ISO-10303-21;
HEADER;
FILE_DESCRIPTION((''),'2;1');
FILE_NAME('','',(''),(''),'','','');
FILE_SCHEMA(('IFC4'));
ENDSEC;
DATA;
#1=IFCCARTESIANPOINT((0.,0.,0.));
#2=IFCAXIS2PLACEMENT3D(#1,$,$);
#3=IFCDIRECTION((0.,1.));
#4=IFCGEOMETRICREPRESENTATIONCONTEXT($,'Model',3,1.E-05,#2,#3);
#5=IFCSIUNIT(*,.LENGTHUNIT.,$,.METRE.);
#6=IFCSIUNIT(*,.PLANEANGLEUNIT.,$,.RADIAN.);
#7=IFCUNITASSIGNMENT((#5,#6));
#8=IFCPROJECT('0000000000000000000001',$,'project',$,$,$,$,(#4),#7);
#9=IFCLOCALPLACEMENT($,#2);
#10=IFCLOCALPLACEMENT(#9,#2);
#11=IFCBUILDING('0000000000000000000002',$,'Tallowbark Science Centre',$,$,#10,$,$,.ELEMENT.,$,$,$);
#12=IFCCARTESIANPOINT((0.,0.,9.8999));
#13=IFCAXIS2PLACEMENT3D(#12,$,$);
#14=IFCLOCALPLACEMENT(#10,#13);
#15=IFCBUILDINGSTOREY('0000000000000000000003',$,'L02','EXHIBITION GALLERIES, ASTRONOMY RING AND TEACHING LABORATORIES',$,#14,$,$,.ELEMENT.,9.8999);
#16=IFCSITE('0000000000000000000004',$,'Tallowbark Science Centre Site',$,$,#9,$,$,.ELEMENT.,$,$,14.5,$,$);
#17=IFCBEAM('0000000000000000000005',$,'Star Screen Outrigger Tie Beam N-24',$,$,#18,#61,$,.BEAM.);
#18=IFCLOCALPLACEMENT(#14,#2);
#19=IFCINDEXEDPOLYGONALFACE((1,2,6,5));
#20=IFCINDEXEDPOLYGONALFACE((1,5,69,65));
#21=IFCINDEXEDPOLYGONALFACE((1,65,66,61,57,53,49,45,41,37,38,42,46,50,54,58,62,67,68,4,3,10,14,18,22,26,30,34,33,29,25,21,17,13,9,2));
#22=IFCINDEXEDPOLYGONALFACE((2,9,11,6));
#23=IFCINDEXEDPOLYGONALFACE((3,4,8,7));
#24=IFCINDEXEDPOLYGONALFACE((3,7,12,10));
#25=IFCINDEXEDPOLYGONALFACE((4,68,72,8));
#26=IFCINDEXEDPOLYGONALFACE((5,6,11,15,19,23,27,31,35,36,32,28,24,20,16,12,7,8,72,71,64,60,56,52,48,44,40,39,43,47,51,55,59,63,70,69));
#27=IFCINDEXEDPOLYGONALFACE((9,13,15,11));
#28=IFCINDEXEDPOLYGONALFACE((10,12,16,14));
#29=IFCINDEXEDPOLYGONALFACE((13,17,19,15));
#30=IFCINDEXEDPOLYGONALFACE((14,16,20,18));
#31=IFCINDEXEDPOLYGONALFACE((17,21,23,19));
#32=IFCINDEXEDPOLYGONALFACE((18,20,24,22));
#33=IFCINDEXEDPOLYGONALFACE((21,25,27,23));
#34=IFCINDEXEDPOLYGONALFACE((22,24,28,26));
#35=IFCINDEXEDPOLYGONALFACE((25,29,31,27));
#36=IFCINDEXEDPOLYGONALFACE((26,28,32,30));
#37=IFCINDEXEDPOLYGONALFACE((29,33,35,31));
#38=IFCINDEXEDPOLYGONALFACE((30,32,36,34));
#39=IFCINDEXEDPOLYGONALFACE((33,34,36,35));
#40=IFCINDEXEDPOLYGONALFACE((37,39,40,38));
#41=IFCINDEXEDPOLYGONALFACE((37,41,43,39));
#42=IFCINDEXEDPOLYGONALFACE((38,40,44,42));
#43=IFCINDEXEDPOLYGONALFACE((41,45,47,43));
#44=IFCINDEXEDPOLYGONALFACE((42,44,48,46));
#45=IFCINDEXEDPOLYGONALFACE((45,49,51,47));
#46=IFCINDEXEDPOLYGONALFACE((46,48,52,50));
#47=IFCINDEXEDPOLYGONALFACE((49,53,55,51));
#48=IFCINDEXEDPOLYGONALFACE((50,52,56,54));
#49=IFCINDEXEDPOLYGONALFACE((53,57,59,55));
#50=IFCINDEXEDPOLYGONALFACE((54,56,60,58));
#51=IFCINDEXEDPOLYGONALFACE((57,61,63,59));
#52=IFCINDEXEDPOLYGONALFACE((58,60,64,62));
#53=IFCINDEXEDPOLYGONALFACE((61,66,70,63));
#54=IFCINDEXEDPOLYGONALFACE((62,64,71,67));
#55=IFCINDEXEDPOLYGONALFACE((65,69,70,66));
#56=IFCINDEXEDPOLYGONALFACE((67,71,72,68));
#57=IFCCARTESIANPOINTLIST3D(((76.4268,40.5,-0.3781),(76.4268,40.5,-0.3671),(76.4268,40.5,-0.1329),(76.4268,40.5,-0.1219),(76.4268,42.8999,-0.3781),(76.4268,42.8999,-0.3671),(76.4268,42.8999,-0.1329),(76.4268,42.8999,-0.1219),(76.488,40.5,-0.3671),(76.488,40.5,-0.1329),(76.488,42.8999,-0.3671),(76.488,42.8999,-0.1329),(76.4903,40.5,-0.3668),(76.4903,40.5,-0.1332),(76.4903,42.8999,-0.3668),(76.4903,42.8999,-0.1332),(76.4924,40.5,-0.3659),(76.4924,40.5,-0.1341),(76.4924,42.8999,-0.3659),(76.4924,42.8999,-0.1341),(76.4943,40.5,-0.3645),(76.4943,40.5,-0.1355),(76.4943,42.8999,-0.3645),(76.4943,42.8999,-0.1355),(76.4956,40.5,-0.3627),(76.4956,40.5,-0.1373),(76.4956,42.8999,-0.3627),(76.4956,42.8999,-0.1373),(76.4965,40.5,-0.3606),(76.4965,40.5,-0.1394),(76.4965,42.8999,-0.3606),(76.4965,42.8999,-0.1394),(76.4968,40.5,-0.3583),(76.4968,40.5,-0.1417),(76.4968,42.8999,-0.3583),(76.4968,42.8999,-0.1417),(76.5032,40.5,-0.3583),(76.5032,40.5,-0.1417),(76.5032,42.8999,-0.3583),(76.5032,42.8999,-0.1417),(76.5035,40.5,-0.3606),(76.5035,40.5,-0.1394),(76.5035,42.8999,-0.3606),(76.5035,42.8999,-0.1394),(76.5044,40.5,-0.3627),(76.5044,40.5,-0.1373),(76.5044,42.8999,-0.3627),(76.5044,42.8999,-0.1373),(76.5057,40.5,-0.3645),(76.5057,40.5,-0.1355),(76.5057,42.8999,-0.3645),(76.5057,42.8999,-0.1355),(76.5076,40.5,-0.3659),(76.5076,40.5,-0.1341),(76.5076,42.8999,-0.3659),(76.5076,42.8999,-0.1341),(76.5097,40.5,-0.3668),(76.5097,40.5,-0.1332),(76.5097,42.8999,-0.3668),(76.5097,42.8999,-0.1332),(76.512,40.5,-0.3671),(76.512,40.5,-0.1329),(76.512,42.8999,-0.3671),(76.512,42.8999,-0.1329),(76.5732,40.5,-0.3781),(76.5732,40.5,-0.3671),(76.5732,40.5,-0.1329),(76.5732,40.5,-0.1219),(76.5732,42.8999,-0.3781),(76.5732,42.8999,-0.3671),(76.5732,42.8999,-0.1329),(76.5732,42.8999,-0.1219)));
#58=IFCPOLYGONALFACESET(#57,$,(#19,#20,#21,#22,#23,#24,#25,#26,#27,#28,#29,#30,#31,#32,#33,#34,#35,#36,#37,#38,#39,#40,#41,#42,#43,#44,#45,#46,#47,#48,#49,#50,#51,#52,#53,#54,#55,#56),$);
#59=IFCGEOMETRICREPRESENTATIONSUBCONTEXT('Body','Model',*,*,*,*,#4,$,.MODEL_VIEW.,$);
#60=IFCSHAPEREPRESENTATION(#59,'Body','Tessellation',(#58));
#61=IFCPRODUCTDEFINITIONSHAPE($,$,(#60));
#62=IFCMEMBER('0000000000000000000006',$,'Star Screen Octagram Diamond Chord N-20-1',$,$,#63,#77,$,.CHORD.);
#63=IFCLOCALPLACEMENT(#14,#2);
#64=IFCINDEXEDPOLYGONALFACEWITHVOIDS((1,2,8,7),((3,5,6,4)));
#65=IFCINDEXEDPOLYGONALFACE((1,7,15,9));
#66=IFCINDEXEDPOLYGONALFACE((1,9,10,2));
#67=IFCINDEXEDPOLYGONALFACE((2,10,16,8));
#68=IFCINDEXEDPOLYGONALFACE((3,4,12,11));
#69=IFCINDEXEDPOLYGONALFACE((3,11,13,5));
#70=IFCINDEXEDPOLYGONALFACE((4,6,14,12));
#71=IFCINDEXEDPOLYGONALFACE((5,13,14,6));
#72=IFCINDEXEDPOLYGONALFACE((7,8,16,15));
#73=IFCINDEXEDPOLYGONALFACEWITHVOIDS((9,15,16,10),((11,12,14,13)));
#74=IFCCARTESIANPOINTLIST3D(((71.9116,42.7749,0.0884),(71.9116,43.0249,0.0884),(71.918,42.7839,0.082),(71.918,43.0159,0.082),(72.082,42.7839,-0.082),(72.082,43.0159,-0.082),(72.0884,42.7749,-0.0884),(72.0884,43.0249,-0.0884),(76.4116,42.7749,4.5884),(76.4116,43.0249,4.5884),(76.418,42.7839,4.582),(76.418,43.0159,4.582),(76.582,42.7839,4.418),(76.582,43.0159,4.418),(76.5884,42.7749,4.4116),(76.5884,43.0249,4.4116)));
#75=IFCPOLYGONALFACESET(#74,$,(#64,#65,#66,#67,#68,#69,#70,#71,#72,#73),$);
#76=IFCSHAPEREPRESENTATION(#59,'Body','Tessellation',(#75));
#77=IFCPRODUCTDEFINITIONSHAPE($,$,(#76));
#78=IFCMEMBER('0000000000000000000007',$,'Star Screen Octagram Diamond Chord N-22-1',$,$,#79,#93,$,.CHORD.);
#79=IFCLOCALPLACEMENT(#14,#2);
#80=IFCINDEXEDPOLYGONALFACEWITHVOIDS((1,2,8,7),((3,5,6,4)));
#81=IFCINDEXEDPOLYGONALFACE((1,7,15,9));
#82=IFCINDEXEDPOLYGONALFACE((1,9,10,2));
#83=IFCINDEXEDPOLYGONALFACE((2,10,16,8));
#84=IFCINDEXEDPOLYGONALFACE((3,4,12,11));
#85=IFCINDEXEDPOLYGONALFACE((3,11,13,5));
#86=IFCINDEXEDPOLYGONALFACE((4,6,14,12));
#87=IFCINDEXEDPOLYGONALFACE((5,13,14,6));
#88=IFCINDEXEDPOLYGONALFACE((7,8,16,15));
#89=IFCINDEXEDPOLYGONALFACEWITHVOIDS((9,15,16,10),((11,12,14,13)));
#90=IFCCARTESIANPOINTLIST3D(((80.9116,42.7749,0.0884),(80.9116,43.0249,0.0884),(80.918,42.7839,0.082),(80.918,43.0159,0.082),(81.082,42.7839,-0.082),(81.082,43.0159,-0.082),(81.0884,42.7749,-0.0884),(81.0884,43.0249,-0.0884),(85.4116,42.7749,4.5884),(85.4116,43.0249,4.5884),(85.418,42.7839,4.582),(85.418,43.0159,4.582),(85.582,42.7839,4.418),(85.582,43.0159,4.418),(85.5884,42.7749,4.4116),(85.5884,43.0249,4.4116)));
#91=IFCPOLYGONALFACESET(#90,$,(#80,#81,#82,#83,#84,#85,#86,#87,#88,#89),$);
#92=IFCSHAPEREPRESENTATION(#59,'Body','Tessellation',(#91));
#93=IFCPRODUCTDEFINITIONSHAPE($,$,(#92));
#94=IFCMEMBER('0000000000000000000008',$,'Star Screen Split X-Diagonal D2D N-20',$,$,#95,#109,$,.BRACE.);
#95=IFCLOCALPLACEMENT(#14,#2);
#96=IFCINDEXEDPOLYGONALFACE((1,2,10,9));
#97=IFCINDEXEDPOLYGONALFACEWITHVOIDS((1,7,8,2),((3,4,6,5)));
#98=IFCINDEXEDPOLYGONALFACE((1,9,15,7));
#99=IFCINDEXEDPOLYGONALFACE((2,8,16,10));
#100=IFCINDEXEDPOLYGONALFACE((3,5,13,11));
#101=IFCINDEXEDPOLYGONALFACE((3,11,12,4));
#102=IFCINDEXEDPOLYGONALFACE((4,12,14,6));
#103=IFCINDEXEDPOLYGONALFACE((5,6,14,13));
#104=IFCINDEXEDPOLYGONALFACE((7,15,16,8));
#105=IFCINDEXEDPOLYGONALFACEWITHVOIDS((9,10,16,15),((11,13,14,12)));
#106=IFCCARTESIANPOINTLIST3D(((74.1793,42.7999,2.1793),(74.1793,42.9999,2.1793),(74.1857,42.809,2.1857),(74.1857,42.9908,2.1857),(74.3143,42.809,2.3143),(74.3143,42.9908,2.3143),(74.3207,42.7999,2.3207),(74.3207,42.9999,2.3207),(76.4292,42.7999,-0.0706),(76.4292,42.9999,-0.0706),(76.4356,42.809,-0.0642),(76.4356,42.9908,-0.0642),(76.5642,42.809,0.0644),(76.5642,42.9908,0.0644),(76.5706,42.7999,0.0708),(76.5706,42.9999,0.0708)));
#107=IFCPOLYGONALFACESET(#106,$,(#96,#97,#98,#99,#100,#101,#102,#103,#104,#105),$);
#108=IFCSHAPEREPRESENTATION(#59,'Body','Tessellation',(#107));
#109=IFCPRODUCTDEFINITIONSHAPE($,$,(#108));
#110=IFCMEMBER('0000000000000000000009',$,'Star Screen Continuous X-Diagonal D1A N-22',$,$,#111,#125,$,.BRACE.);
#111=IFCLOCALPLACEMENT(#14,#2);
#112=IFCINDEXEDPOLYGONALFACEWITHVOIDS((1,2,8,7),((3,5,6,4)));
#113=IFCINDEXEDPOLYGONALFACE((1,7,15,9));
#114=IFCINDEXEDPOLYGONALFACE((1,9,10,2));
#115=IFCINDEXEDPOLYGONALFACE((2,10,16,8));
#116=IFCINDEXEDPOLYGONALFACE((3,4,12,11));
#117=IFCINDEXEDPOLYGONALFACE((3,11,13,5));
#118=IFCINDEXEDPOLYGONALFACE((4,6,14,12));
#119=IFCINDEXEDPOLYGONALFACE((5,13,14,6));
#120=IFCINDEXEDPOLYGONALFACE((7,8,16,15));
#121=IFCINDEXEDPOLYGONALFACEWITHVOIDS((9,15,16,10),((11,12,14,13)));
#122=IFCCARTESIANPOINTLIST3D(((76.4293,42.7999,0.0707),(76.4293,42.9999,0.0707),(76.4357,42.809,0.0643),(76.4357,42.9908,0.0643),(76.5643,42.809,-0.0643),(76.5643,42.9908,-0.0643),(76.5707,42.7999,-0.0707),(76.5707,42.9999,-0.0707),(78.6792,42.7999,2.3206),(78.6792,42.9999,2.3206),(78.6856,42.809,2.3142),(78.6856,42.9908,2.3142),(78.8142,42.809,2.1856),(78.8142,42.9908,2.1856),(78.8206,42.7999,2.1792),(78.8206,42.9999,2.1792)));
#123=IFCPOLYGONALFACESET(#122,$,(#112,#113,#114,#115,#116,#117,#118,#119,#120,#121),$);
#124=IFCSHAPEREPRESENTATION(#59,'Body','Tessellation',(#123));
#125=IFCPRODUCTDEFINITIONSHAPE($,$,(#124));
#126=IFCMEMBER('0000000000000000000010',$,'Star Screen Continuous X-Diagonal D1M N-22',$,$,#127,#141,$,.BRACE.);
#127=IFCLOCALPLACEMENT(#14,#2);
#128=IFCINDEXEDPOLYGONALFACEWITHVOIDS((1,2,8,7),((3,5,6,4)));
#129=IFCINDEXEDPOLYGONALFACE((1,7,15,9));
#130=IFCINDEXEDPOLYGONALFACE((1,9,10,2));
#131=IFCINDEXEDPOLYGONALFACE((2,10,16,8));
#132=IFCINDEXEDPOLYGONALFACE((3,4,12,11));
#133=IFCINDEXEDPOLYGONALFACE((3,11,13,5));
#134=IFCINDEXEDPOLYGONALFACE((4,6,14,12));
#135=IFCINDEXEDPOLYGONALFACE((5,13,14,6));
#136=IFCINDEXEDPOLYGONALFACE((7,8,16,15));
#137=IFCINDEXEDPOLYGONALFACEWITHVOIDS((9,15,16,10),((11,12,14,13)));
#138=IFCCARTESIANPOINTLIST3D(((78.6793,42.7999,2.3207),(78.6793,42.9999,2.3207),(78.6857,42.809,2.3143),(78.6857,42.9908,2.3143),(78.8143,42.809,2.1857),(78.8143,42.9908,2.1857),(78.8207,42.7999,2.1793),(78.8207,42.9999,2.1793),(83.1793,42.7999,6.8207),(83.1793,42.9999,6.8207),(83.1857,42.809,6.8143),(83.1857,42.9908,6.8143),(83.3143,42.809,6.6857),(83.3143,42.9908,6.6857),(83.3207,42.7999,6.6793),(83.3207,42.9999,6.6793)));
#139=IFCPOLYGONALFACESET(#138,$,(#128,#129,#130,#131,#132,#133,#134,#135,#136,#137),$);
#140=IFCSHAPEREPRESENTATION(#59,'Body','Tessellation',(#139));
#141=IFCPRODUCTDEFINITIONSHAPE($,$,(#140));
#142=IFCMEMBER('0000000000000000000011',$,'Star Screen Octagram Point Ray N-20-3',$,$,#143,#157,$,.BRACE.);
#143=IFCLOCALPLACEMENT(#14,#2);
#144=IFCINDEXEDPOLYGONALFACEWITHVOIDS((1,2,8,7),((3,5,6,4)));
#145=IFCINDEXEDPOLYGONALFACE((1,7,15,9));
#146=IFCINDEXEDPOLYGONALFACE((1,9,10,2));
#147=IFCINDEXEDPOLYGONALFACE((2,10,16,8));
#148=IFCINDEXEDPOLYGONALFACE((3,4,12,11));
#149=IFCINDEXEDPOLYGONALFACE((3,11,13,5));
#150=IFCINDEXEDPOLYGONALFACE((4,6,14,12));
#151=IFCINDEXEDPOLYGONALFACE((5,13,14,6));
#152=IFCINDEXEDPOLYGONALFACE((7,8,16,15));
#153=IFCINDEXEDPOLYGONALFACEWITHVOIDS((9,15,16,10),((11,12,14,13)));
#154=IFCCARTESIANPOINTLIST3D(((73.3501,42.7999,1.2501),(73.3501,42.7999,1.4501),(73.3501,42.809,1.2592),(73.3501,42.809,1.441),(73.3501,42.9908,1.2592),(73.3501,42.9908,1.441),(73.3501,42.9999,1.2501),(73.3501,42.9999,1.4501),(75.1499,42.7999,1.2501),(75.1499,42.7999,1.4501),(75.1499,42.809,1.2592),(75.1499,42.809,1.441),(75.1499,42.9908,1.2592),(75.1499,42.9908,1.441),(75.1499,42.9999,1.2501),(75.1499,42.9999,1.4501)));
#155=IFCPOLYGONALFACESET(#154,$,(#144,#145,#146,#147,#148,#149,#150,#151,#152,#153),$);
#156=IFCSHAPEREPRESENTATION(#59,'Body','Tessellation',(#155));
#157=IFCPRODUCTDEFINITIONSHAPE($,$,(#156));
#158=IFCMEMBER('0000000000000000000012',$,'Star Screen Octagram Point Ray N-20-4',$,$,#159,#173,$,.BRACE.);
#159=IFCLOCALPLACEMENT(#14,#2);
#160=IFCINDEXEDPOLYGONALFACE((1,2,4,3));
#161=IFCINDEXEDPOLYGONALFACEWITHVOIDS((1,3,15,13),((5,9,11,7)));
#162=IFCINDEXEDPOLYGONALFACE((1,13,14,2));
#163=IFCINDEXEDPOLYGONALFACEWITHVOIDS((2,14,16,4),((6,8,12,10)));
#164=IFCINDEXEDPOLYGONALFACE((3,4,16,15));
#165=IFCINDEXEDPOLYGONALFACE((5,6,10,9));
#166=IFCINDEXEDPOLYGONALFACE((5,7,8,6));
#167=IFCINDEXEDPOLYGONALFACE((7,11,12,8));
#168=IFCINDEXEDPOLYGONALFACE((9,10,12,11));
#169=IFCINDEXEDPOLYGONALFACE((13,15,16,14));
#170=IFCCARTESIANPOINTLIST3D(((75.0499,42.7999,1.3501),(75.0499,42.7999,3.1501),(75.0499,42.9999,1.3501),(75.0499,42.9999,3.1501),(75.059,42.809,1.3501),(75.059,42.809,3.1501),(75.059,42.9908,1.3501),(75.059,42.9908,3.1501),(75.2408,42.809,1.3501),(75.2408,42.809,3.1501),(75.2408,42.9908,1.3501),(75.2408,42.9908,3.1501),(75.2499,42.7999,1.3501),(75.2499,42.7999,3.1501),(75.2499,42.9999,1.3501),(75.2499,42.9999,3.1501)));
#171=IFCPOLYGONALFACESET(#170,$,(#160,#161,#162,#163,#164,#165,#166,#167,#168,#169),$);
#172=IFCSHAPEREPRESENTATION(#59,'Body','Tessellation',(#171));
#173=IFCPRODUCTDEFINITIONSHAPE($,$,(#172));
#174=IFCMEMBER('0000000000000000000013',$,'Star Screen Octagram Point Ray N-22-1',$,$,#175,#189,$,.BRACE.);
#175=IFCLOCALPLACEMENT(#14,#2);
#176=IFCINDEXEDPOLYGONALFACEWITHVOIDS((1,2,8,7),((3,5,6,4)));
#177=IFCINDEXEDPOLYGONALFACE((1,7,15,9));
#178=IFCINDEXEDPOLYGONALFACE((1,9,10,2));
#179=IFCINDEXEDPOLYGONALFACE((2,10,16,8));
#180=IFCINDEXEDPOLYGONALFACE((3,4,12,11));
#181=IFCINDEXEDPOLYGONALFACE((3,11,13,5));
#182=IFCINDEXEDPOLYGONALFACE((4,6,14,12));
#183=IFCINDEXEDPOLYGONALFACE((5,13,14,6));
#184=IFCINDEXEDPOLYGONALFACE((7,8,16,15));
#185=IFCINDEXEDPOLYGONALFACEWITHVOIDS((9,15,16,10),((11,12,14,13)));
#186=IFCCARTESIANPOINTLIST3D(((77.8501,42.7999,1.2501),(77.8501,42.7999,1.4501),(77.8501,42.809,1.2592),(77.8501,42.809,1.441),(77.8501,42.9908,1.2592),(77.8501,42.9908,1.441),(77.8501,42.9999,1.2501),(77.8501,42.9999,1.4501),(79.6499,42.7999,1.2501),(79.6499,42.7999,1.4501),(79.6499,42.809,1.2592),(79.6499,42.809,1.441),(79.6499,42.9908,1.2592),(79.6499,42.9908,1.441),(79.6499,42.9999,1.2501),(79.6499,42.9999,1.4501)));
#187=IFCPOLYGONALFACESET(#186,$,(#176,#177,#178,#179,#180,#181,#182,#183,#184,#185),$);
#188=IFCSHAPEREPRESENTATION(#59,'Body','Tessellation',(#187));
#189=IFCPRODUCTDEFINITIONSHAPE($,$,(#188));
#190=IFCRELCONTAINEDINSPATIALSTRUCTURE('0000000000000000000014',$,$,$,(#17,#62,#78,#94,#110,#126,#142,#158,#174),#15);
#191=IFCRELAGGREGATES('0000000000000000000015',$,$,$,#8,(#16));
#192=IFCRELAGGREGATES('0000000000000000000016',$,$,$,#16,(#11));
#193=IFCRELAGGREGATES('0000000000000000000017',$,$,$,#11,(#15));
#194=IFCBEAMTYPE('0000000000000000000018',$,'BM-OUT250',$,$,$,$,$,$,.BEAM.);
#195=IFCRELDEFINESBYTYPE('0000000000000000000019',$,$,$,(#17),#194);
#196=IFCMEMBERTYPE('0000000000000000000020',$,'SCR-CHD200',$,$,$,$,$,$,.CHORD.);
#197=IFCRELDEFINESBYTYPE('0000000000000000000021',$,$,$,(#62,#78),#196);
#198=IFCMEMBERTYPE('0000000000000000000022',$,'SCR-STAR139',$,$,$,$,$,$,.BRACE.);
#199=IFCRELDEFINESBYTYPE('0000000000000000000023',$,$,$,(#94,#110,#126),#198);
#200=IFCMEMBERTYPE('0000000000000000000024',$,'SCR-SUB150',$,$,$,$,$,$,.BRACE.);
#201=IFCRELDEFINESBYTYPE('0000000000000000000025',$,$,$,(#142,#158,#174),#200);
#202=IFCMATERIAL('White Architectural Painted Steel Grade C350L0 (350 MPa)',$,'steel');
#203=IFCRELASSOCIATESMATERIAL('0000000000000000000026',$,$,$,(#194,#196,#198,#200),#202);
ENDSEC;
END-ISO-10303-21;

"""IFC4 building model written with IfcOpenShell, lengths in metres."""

from ifc_helpers import new_model, si_unit, direction, frame, origin, origin_2d, place, context, subcontext, project, spatial, hollow_rectangle, i_section, extrude, material, material_profile, profile_set, type_object, element, save


model = new_model("IFC4")

# Units and contexts
model_context = context("Model", 3, precision=1e-05, world=origin(), true_north=direction((0.0, 1.0)))
body_context = subcontext(model_context, "Body", "Model", "MODEL_VIEW")
ifc_project = project(units=[si_unit("LENGTHUNIT", "METRE"), si_unit("PLANEANGLEUNIT", "RADIAN")], contexts=[model_context])

# Site, building, storey
site_placement = place(None, origin())
site = spatial("IfcSite", under=ifc_project, at=site_placement, Name="Tallowbark Science Centre Site", CompositionType="ELEMENT", RefElevation=14.5)
building_placement = place(site_placement, origin())
building = spatial("IfcBuilding", under=site, at=building_placement, Name="Tallowbark Science Centre", CompositionType="ELEMENT")
storey_placement = place(building_placement, frame((0.0, 0.0, 9.8999)))
storey = spatial("IfcBuildingStorey", under=building, at=storey_placement, Name="L02", Description="EXHIBITION GALLERIES, ASTRONOMY RING AND TEACHING LABORATORIES", CompositionType="ELEMENT", Elevation=9.8999)

# Shared definitions
ifc_material_1 = material(Name="White Architectural Painted Steel Grade C350L0 (350 MPa)", Category="steel")

# Beam
ifc_material_profile_1 = material_profile(ifc_material_1, i_section(OverallWidth=0.1465, OverallDepth=0.2561, WebThickness=0.0063, FlangeThickness=0.011, FilletRadius=0.0088, at=origin_2d()), Name="250UB37.3")
ifc_profile_set_1 = profile_set([ifc_material_profile_1], Name="White Architectural Painted Steel Grade C350L0 (350 MPa)")
beam_type_1 = type_object("IfcBeamType", Name="BM-OUT250", PredefinedType="BEAM", material=ifc_profile_set_1)
beam_placement = place(storey_placement, frame((76.5, 40.5, -0.25), z_axis=(0.0, 1.0, 0.0), x_axis=(-1.0, 0.0, 0.0)))
element("IfcBeam", 1, at=beam_placement, inside=storey, type_object=beam_type_1, Name="Star Screen Outrigger Tie Beam N-24", PredefinedType="BEAM", context=body_context, shape_type="SweptSolid", body=[
    extrude(i_section(OverallWidth=0.1465, OverallDepth=0.2561, WebThickness=0.0063, FlangeThickness=0.011, FilletRadius=0.0088, at=origin_2d()), origin(), (0.0, 0.0, 1.0), 2.3999),
])

# Members
ifc_material_profile_2 = material_profile(ifc_material_1, hollow_rectangle(XDim=0.25, YDim=0.25, WallThickness=0.009, at=origin_2d()), Name="250x250x9.0SHS")
ifc_profile_set_2 = profile_set([ifc_material_profile_2], Name="White Architectural Painted Steel Grade C350L0 (350 MPa)")
member_type_1 = type_object("IfcMemberType", Name="SCR-CHD200", PredefinedType="CHORD", material=ifc_profile_set_2)
for number, where, z_axis, x_axis, name in (
    (2, (72.0, 42.8999, 0.0), (0.707107, 0.0, 0.707107), (0.0, 1.0, 0.0), "Star Screen Octagram Diamond Chord N-20-1"),
    (3, (81.0, 42.8999, 0.0), (0.707107, 0.0, 0.707107), (0.0, 1.0, 0.0), "Star Screen Octagram Diamond Chord N-22-1"),
):
    element("IfcMember", number, at=place(storey_placement, frame(where, z_axis=z_axis, x_axis=x_axis)), inside=storey, type_object=member_type_1, Name=name, PredefinedType="CHORD", context=body_context, shape_type="SweptSolid", body=[
        extrude(hollow_rectangle(XDim=0.25, YDim=0.25, WallThickness=0.009, at=origin_2d()), origin(), (0.0, 0.0, 1.0), 6.364),
    ])
ifc_material_profile_3 = material_profile(ifc_material_1, hollow_rectangle(XDim=0.2, YDim=0.2, WallThickness=0.009, at=origin_2d()), Name="200x200x9.0SHS")
ifc_profile_set_3 = profile_set([ifc_material_profile_3], Name="White Architectural Painted Steel Grade C350L0 (350 MPa)")
member_type_2 = type_object("IfcMemberType", Name="SCR-STAR139", PredefinedType="BRACE", material=ifc_profile_set_3)
for number, where, z_axis, x_axis, name in (
    (4, (74.25, 42.8999, 2.25), (0.707107, 0.0, -0.707107), (0.0, 1.0, 0.0), "Star Screen Split X-Diagonal D2D N-20"),
    (5, (76.5, 42.8999, 0.0), (0.707107, 0.0, 0.707107), (0.0, 1.0, 0.0), "Star Screen Continuous X-Diagonal D1A N-22"),
):
    element("IfcMember", number, at=place(storey_placement, frame(where, z_axis=z_axis, x_axis=x_axis)), inside=storey, type_object=member_type_2, Name=name, PredefinedType="BRACE", context=body_context, shape_type="SweptSolid", body=[
        extrude(hollow_rectangle(XDim=0.2, YDim=0.2, WallThickness=0.009, at=origin_2d()), origin(), (0.0, 0.0, 1.0), 3.1819),
    ])
member_1_placement = place(storey_placement, frame((78.75, 42.8999, 2.25), z_axis=(0.707107, 0.0, 0.707107), x_axis=(0.0, 1.0, 0.0)))
element("IfcMember", 6, at=member_1_placement, inside=storey, type_object=member_type_2, Name="Star Screen Continuous X-Diagonal D1M N-22", PredefinedType="BRACE", context=body_context, shape_type="SweptSolid", body=[
    extrude(hollow_rectangle(XDim=0.2, YDim=0.2, WallThickness=0.009, at=origin_2d()), origin(), (0.0, 0.0, 1.0), 6.364),
])
ifc_material_profile_4 = material_profile(ifc_material_1, hollow_rectangle(XDim=0.2, YDim=0.2, WallThickness=0.009, at=origin_2d()), Name="200x200x9.0SHS")
ifc_profile_set_4 = profile_set([ifc_material_profile_4], Name="White Architectural Painted Steel Grade C350L0 (350 MPa)")
member_type_3 = type_object("IfcMemberType", Name="SCR-SUB150", PredefinedType="BRACE", material=ifc_profile_set_4)
member_2_placement = place(storey_placement, frame((75.1499, 42.8999, 1.3501), z_axis=(-1.0, 0.0, 0.0), x_axis=(0.0, -1.0, 0.0)))
element("IfcMember", 7, at=member_2_placement, inside=storey, type_object=member_type_3, Name="Star Screen Octagram Point Ray N-20-3", PredefinedType="BRACE", context=body_context, shape_type="SweptSolid", body=[
    extrude(hollow_rectangle(XDim=0.2, YDim=0.2, WallThickness=0.009, at=origin_2d()), origin(), (0.0, 0.0, 1.0), 1.7998),
])
member_3_placement = place(storey_placement, frame((75.1499, 42.8999, 1.3501), z_axis=(0.0, 0.0, 1.0), x_axis=(1.0, 0.0, 0.0)))
element("IfcMember", 8, at=member_3_placement, inside=storey, type_object=member_type_3, Name="Star Screen Octagram Point Ray N-20-4", PredefinedType="BRACE", context=body_context, shape_type="SweptSolid", body=[
    extrude(hollow_rectangle(XDim=0.2, YDim=0.2, WallThickness=0.009, at=origin_2d()), origin(), (0.0, 0.0, 1.0), 1.8),
])
member_4_placement = place(storey_placement, frame((77.8501, 42.8999, 1.3501), z_axis=(1.0, 0.0, 0.0), x_axis=(0.0, 1.0, 0.0)))
element("IfcMember", 9, at=member_4_placement, inside=storey, type_object=member_type_3, Name="Star Screen Octagram Point Ray N-22-1", PredefinedType="BRACE", context=body_context, shape_type="SweptSolid", body=[
    extrude(hollow_rectangle(XDim=0.2, YDim=0.2, WallThickness=0.009, at=origin_2d()), origin(), (0.0, 0.0, 1.0), 1.7998),
])

save(model, "model.ifc")
